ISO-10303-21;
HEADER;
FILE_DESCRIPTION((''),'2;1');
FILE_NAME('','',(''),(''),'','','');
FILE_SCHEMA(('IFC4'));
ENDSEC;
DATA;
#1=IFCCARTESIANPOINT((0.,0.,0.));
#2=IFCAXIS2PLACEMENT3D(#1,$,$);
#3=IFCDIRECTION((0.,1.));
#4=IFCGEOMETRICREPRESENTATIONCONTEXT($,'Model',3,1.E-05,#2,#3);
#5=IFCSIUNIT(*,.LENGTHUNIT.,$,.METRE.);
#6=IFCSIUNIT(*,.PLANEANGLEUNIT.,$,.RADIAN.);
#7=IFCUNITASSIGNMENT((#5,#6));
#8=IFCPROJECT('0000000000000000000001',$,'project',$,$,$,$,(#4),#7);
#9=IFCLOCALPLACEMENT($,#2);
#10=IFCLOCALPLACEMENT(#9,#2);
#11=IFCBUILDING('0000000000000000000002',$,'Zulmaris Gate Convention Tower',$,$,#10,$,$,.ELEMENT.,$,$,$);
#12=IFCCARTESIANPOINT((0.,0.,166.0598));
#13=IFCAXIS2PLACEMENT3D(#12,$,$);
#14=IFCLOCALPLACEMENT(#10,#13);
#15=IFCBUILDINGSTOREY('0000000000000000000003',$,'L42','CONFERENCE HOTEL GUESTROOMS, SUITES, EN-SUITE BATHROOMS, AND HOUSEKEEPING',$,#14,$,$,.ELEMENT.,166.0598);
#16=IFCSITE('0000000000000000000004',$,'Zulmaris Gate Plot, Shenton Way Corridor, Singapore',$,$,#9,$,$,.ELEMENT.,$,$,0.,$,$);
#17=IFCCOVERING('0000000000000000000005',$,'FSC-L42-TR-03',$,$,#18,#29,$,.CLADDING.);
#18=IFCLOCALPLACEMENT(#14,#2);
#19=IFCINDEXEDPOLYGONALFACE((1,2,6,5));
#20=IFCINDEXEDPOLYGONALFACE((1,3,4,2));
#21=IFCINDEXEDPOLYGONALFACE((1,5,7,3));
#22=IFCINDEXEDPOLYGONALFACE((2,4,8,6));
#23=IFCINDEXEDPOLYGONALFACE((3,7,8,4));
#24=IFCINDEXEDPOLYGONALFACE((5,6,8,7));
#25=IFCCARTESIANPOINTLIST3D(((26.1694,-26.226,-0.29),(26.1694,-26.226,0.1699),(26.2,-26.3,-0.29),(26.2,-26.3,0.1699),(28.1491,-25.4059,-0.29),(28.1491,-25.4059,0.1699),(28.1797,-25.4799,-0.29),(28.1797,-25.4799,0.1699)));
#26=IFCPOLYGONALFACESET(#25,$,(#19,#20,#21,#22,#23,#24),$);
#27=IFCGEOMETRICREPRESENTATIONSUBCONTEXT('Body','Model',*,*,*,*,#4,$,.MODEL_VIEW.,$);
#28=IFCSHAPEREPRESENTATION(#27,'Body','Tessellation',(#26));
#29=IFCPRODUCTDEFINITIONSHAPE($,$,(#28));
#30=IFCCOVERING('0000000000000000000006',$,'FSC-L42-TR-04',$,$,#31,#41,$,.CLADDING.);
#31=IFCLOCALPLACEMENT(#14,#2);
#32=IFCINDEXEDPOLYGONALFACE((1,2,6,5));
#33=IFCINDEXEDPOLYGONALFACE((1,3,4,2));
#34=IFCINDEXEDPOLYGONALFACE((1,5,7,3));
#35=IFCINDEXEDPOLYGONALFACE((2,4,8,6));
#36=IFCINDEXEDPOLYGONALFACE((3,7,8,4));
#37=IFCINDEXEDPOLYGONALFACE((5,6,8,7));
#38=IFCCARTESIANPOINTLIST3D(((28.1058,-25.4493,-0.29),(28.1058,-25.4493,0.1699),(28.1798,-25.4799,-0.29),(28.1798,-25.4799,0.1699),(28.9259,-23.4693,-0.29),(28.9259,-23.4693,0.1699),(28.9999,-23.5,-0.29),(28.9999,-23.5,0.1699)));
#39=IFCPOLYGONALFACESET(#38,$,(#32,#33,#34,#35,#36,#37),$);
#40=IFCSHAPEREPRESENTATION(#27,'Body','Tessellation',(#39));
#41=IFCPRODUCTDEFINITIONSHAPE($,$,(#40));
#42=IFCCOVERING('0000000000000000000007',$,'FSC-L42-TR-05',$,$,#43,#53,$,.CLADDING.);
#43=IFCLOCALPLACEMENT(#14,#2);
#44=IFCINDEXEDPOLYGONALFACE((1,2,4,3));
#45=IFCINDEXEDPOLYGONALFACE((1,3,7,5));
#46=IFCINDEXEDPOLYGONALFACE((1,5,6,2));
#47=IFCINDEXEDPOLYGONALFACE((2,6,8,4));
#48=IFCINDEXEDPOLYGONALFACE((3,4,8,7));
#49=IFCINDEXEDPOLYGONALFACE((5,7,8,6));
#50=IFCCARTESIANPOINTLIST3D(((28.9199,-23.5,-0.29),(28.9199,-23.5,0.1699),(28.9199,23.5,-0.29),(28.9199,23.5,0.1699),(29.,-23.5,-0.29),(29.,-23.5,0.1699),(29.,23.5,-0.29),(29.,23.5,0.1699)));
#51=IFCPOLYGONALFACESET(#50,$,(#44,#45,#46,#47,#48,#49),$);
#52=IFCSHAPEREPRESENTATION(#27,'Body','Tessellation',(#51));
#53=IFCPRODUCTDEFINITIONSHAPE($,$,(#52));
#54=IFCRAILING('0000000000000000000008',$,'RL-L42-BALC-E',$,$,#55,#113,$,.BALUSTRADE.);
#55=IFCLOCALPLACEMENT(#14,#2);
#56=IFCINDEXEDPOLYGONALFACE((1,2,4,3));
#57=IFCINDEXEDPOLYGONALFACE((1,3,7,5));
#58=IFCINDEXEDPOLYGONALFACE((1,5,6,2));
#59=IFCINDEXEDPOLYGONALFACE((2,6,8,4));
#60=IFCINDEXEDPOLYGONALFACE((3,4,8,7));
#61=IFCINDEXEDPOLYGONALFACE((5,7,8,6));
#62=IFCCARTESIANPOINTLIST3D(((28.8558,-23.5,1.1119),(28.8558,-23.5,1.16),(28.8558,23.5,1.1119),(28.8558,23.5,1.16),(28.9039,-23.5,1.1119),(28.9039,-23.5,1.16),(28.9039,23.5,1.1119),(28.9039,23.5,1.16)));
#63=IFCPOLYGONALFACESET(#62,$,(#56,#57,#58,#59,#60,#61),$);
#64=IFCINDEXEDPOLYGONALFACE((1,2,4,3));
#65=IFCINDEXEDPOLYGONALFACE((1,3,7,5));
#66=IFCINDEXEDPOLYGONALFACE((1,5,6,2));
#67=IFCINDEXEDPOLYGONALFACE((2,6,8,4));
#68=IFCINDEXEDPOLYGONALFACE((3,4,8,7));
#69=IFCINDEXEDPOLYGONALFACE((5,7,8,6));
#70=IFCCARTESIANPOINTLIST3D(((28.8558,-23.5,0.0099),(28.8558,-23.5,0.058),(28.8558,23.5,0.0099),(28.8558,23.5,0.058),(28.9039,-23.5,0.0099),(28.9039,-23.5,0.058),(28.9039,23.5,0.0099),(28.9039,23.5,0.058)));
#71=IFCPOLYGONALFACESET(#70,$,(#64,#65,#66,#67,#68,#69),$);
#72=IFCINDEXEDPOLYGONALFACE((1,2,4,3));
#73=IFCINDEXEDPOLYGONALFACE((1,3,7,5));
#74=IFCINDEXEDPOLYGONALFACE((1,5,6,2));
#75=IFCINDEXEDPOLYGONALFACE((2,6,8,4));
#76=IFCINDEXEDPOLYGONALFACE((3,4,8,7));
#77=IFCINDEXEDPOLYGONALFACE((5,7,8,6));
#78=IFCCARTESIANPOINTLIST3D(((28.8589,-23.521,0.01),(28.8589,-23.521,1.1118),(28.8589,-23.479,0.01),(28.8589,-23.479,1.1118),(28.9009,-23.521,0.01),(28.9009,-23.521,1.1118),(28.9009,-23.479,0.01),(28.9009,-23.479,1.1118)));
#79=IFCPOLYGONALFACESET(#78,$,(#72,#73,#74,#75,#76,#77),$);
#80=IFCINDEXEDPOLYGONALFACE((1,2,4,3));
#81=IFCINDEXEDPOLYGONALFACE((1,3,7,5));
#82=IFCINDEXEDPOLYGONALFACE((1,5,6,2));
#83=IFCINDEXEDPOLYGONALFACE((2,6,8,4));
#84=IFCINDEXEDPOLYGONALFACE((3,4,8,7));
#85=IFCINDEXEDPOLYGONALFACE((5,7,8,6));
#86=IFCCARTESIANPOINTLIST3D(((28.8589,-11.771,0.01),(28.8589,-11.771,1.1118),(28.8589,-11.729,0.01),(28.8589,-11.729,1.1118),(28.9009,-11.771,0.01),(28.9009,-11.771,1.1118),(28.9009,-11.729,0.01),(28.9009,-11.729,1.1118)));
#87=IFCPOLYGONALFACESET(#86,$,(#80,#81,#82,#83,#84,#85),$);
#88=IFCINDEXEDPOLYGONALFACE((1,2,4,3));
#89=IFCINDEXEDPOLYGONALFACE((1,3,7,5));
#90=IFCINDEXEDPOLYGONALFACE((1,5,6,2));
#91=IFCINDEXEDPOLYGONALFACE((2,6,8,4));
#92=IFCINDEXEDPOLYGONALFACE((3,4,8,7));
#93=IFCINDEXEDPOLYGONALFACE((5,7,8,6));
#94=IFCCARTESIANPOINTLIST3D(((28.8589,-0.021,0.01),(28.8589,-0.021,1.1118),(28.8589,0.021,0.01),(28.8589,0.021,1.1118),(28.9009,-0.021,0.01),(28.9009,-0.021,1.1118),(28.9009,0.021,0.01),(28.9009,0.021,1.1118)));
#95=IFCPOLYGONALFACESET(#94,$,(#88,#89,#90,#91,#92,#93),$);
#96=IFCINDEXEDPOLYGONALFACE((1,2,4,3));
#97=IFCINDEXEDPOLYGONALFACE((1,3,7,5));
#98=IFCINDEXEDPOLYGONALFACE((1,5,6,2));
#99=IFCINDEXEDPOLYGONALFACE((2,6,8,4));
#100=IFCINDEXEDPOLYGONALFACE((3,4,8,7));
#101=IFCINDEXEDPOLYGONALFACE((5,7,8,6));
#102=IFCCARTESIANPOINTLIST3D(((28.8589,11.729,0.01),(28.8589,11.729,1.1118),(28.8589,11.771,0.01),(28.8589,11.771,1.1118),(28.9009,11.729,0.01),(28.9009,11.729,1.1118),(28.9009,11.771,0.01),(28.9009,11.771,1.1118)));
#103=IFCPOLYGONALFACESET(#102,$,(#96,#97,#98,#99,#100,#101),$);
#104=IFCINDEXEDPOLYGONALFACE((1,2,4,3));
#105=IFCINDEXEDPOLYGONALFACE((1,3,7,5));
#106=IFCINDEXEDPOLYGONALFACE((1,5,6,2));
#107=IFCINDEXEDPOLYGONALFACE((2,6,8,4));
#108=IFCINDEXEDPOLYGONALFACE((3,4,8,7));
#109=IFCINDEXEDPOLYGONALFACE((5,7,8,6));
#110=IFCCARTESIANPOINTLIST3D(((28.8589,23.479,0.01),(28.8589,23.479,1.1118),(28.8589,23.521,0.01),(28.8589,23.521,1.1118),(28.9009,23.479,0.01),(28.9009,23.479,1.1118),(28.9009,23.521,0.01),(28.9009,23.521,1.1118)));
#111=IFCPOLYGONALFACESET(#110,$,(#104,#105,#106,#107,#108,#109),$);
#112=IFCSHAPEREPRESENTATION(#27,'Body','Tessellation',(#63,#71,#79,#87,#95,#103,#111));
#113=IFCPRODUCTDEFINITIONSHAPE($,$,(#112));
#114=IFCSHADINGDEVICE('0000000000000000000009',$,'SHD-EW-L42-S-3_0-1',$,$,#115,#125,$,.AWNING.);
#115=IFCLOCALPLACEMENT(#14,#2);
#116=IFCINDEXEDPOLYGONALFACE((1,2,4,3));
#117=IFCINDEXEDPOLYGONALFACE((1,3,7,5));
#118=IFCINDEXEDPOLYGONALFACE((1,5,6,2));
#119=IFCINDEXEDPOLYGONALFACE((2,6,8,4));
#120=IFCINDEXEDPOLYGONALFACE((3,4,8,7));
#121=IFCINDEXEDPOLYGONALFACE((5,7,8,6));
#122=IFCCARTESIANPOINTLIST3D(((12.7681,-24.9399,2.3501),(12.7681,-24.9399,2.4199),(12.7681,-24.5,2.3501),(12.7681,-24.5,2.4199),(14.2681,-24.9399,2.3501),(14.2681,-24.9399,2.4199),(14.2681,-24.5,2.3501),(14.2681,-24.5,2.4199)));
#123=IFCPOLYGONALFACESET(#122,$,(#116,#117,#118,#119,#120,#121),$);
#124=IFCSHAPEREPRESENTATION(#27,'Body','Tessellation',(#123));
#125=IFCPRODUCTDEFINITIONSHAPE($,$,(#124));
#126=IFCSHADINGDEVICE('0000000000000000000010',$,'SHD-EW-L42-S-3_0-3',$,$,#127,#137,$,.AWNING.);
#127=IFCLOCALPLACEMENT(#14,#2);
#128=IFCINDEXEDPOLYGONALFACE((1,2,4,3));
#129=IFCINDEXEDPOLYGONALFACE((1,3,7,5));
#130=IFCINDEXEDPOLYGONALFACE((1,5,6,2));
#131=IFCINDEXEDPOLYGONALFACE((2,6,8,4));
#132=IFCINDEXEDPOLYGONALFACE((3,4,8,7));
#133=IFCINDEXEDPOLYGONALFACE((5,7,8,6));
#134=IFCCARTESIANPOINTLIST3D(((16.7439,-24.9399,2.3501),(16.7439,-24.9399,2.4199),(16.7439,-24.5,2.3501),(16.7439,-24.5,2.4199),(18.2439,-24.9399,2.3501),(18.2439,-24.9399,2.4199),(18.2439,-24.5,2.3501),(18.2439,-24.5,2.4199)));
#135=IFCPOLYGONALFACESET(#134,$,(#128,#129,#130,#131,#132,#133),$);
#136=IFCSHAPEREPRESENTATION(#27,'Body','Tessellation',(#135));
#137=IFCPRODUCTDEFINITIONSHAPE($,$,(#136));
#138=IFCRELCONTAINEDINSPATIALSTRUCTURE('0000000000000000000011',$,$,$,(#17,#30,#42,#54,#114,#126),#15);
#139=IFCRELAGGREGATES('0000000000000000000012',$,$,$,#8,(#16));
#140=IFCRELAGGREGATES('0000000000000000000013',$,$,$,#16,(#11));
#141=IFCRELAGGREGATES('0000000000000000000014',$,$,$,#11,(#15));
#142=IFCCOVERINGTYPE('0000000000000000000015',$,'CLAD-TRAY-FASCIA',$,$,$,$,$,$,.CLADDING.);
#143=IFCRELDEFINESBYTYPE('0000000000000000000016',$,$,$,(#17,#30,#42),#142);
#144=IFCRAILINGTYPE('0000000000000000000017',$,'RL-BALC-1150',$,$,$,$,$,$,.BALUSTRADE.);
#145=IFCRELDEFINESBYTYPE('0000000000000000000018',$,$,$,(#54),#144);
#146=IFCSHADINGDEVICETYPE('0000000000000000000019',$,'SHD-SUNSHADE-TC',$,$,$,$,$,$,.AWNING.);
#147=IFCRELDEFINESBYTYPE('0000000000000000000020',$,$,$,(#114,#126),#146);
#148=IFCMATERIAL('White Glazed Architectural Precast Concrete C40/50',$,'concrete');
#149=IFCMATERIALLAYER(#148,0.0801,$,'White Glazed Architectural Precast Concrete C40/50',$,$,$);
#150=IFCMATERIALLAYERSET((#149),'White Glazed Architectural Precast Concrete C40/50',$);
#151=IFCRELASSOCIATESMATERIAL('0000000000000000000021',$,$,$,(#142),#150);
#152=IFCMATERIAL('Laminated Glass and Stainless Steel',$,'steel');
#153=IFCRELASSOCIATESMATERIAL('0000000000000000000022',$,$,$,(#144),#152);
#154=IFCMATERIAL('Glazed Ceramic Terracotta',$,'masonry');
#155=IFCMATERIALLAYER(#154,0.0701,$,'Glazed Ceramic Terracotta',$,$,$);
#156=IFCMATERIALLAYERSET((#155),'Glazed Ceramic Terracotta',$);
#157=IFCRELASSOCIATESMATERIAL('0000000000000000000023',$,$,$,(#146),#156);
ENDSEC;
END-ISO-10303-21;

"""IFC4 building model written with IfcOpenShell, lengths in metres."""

from ifc_helpers import new_model, si_unit, direction, frame, frame_2d, origin, origin_2d, place, context, subcontext, project, spatial, rectangle, extrude, material, layer, layer_set, type_object, element, save


model = new_model("IFC4")

# Units and contexts
model_context = context("Model", 3, precision=1e-05, world=origin(), true_north=direction((0.0, 1.0)))
body_context = subcontext(model_context, "Body", "Model", "MODEL_VIEW")
ifc_project = project(units=[si_unit("LENGTHUNIT", "METRE"), si_unit("PLANEANGLEUNIT", "RADIAN")], contexts=[model_context])

# Site, building, storey
site_placement = place(None, origin())
site = spatial("IfcSite", under=ifc_project, at=site_placement, Name="Zulmaris Gate Plot, Shenton Way Corridor, Singapore", CompositionType="ELEMENT", RefElevation=0.0)
building_placement = place(site_placement, origin())
building = spatial("IfcBuilding", under=site, at=building_placement, Name="Zulmaris Gate Convention Tower", CompositionType="ELEMENT")
storey_placement = place(building_placement, frame((0.0, 0.0, 166.0598)))
storey = spatial("IfcBuildingStorey", under=building, at=storey_placement, Name="L42", Description="CONFERENCE HOTEL GUESTROOMS, SUITES, EN-SUITE BATHROOMS, AND HOUSEKEEPING", CompositionType="ELEMENT", Elevation=166.0598)

# Coverings
ifc_material_1 = material(Name="White Glazed Architectural Precast Concrete C40/50", Category="concrete")
ifc_layer_1 = layer(ifc_material_1, 0.0801, Name="White Glazed Architectural Precast Concrete C40/50")
ifc_layer_set_1 = layer_set([ifc_layer_1], Name="White Glazed Architectural Precast Concrete C40/50")
covering_type_1 = type_object("IfcCoveringType", Name="CLAD-TRAY-FASCIA", PredefinedType="CLADDING", material=ifc_layer_set_1)
covering_1_placement = place(storey_placement, frame((26.1848, -26.2629, -0.29), z_axis=(0.0, 0.0, 1.0), x_axis=(0.923874, 0.382697, 0.0)))
element("IfcCovering", 1, at=covering_1_placement, inside=storey, type_object=covering_type_1, Name="FSC-L42-TR-03", PredefinedType="CLADDING", context=body_context, shape_type="SweptSolid", body=[
    extrude(rectangle(XDim=2.1428, YDim=0.0801, at=frame_2d((1.0713, 0.0))), origin(), (0.0, 0.0, 1.0), 0.46),
])
covering_2_placement = place(storey_placement, frame((28.1428, -25.4646, -0.29), z_axis=(0.0, 0.0, 1.0), x_axis=(0.382657, 0.92389, 0.0)))
element("IfcCovering", 2, at=covering_2_placement, inside=storey, type_object=covering_type_1, Name="FSC-L42-TR-04", PredefinedType="CLADDING", context=body_context, shape_type="SweptSolid", body=[
    extrude(rectangle(XDim=2.1431, YDim=0.0801, at=frame_2d((1.0715, 0.0))), origin(), (0.0, 0.0, 1.0), 0.46),
])
covering_3_placement = place(storey_placement, frame((28.96, -23.5, -0.29), z_axis=(0.0, 0.0, 1.0), x_axis=(0.0, 1.0, 0.0)))
element("IfcCovering", 3, at=covering_3_placement, inside=storey, type_object=covering_type_1, Name="FSC-L42-TR-05", PredefinedType="CLADDING", context=body_context, shape_type="SweptSolid", body=[
    extrude(rectangle(XDim=47.0, YDim=0.0801, at=frame_2d((23.5, 0.0))), origin(), (0.0, 0.0, 1.0), 0.46),
])

# Railing
ifc_material_2 = material(Name="Laminated Glass and Stainless Steel", Category="steel")
railing_type = type_object("IfcRailingType", Name="RL-BALC-1150", PredefinedType="BALUSTRADE", material=ifc_material_2)
railing_placement = place(storey_placement, frame((28.8799, -23.5, 0.01)))
element("IfcRailing", 4, at=railing_placement, inside=storey, type_object=railing_type, Name="RL-L42-BALC-E", PredefinedType="BALUSTRADE", context=body_context, shape_type="SweptSolid", body=[
    extrude(rectangle(XDim=0.0481, YDim=0.0481, at=origin_2d()), frame((0.0, 0.0, 1.126), z_axis=(0.0, 1.0, 0.0), x_axis=(-1.0, 0.0, 0.0)), (0.0, 0.0, 1.0), 47.0),
    extrude(rectangle(XDim=0.0481, YDim=0.0481, at=origin_2d()), frame((0.0, 0.0, 0.0239), z_axis=(0.0, 1.0, 0.0), x_axis=(-1.0, 0.0, 0.0)), (0.0, 0.0, 1.0), 47.0),
    extrude(rectangle(XDim=0.042, YDim=0.042, at=origin_2d()), origin(), (0.0, 0.0, 1.0), 1.1018),
    extrude(rectangle(XDim=0.042, YDim=0.042, at=origin_2d()), frame((0.0, 11.75, 0.0)), (0.0, 0.0, 1.0), 1.1018),
    extrude(rectangle(XDim=0.042, YDim=0.042, at=origin_2d()), frame((0.0, 23.5, 0.0)), (0.0, 0.0, 1.0), 1.1018),
    extrude(rectangle(XDim=0.042, YDim=0.042, at=origin_2d()), frame((0.0, 35.25, 0.0)), (0.0, 0.0, 1.0), 1.1018),
    extrude(rectangle(XDim=0.042, YDim=0.042, at=origin_2d()), frame((0.0, 47.0, 0.0)), (0.0, 0.0, 1.0), 1.1018),
])

# Shading devices
ifc_material_3 = material(Name="Glazed Ceramic Terracotta", Category="masonry")
ifc_layer_2 = layer(ifc_material_3, 0.0701, Name="Glazed Ceramic Terracotta")
ifc_layer_set_2 = layer_set([ifc_layer_2], Name="Glazed Ceramic Terracotta")
shading_device_type = type_object("IfcShadingDeviceType", Name="SHD-SUNSHADE-TC", PredefinedType="AWNING", material=ifc_layer_set_2)
for number, where, z_axis, x_axis, name in (
    (5, (12.7681, -24.72, 2.3501), (0.0, 0.0, 1.0), (1.0, 0.0, 0.0), "SHD-EW-L42-S-3_0-1"),
    (6, (16.7439, -24.72, 2.3501), (0.0, 0.0, 1.0), (1.0, 0.0, 0.0), "SHD-EW-L42-S-3_0-3"),
):
    element("IfcShadingDevice", number, at=place(storey_placement, frame(where, z_axis=z_axis, x_axis=x_axis)), inside=storey, type_object=shading_device_type, Name=name, PredefinedType="AWNING", context=body_context, shape_type="SweptSolid", body=[
        extrude(rectangle(XDim=1.5, YDim=0.4399, at=frame_2d((0.75, 0.0))), origin(), (0.0, 0.0, 1.0), 0.0698),
    ])

save(model, "model.ifc")
